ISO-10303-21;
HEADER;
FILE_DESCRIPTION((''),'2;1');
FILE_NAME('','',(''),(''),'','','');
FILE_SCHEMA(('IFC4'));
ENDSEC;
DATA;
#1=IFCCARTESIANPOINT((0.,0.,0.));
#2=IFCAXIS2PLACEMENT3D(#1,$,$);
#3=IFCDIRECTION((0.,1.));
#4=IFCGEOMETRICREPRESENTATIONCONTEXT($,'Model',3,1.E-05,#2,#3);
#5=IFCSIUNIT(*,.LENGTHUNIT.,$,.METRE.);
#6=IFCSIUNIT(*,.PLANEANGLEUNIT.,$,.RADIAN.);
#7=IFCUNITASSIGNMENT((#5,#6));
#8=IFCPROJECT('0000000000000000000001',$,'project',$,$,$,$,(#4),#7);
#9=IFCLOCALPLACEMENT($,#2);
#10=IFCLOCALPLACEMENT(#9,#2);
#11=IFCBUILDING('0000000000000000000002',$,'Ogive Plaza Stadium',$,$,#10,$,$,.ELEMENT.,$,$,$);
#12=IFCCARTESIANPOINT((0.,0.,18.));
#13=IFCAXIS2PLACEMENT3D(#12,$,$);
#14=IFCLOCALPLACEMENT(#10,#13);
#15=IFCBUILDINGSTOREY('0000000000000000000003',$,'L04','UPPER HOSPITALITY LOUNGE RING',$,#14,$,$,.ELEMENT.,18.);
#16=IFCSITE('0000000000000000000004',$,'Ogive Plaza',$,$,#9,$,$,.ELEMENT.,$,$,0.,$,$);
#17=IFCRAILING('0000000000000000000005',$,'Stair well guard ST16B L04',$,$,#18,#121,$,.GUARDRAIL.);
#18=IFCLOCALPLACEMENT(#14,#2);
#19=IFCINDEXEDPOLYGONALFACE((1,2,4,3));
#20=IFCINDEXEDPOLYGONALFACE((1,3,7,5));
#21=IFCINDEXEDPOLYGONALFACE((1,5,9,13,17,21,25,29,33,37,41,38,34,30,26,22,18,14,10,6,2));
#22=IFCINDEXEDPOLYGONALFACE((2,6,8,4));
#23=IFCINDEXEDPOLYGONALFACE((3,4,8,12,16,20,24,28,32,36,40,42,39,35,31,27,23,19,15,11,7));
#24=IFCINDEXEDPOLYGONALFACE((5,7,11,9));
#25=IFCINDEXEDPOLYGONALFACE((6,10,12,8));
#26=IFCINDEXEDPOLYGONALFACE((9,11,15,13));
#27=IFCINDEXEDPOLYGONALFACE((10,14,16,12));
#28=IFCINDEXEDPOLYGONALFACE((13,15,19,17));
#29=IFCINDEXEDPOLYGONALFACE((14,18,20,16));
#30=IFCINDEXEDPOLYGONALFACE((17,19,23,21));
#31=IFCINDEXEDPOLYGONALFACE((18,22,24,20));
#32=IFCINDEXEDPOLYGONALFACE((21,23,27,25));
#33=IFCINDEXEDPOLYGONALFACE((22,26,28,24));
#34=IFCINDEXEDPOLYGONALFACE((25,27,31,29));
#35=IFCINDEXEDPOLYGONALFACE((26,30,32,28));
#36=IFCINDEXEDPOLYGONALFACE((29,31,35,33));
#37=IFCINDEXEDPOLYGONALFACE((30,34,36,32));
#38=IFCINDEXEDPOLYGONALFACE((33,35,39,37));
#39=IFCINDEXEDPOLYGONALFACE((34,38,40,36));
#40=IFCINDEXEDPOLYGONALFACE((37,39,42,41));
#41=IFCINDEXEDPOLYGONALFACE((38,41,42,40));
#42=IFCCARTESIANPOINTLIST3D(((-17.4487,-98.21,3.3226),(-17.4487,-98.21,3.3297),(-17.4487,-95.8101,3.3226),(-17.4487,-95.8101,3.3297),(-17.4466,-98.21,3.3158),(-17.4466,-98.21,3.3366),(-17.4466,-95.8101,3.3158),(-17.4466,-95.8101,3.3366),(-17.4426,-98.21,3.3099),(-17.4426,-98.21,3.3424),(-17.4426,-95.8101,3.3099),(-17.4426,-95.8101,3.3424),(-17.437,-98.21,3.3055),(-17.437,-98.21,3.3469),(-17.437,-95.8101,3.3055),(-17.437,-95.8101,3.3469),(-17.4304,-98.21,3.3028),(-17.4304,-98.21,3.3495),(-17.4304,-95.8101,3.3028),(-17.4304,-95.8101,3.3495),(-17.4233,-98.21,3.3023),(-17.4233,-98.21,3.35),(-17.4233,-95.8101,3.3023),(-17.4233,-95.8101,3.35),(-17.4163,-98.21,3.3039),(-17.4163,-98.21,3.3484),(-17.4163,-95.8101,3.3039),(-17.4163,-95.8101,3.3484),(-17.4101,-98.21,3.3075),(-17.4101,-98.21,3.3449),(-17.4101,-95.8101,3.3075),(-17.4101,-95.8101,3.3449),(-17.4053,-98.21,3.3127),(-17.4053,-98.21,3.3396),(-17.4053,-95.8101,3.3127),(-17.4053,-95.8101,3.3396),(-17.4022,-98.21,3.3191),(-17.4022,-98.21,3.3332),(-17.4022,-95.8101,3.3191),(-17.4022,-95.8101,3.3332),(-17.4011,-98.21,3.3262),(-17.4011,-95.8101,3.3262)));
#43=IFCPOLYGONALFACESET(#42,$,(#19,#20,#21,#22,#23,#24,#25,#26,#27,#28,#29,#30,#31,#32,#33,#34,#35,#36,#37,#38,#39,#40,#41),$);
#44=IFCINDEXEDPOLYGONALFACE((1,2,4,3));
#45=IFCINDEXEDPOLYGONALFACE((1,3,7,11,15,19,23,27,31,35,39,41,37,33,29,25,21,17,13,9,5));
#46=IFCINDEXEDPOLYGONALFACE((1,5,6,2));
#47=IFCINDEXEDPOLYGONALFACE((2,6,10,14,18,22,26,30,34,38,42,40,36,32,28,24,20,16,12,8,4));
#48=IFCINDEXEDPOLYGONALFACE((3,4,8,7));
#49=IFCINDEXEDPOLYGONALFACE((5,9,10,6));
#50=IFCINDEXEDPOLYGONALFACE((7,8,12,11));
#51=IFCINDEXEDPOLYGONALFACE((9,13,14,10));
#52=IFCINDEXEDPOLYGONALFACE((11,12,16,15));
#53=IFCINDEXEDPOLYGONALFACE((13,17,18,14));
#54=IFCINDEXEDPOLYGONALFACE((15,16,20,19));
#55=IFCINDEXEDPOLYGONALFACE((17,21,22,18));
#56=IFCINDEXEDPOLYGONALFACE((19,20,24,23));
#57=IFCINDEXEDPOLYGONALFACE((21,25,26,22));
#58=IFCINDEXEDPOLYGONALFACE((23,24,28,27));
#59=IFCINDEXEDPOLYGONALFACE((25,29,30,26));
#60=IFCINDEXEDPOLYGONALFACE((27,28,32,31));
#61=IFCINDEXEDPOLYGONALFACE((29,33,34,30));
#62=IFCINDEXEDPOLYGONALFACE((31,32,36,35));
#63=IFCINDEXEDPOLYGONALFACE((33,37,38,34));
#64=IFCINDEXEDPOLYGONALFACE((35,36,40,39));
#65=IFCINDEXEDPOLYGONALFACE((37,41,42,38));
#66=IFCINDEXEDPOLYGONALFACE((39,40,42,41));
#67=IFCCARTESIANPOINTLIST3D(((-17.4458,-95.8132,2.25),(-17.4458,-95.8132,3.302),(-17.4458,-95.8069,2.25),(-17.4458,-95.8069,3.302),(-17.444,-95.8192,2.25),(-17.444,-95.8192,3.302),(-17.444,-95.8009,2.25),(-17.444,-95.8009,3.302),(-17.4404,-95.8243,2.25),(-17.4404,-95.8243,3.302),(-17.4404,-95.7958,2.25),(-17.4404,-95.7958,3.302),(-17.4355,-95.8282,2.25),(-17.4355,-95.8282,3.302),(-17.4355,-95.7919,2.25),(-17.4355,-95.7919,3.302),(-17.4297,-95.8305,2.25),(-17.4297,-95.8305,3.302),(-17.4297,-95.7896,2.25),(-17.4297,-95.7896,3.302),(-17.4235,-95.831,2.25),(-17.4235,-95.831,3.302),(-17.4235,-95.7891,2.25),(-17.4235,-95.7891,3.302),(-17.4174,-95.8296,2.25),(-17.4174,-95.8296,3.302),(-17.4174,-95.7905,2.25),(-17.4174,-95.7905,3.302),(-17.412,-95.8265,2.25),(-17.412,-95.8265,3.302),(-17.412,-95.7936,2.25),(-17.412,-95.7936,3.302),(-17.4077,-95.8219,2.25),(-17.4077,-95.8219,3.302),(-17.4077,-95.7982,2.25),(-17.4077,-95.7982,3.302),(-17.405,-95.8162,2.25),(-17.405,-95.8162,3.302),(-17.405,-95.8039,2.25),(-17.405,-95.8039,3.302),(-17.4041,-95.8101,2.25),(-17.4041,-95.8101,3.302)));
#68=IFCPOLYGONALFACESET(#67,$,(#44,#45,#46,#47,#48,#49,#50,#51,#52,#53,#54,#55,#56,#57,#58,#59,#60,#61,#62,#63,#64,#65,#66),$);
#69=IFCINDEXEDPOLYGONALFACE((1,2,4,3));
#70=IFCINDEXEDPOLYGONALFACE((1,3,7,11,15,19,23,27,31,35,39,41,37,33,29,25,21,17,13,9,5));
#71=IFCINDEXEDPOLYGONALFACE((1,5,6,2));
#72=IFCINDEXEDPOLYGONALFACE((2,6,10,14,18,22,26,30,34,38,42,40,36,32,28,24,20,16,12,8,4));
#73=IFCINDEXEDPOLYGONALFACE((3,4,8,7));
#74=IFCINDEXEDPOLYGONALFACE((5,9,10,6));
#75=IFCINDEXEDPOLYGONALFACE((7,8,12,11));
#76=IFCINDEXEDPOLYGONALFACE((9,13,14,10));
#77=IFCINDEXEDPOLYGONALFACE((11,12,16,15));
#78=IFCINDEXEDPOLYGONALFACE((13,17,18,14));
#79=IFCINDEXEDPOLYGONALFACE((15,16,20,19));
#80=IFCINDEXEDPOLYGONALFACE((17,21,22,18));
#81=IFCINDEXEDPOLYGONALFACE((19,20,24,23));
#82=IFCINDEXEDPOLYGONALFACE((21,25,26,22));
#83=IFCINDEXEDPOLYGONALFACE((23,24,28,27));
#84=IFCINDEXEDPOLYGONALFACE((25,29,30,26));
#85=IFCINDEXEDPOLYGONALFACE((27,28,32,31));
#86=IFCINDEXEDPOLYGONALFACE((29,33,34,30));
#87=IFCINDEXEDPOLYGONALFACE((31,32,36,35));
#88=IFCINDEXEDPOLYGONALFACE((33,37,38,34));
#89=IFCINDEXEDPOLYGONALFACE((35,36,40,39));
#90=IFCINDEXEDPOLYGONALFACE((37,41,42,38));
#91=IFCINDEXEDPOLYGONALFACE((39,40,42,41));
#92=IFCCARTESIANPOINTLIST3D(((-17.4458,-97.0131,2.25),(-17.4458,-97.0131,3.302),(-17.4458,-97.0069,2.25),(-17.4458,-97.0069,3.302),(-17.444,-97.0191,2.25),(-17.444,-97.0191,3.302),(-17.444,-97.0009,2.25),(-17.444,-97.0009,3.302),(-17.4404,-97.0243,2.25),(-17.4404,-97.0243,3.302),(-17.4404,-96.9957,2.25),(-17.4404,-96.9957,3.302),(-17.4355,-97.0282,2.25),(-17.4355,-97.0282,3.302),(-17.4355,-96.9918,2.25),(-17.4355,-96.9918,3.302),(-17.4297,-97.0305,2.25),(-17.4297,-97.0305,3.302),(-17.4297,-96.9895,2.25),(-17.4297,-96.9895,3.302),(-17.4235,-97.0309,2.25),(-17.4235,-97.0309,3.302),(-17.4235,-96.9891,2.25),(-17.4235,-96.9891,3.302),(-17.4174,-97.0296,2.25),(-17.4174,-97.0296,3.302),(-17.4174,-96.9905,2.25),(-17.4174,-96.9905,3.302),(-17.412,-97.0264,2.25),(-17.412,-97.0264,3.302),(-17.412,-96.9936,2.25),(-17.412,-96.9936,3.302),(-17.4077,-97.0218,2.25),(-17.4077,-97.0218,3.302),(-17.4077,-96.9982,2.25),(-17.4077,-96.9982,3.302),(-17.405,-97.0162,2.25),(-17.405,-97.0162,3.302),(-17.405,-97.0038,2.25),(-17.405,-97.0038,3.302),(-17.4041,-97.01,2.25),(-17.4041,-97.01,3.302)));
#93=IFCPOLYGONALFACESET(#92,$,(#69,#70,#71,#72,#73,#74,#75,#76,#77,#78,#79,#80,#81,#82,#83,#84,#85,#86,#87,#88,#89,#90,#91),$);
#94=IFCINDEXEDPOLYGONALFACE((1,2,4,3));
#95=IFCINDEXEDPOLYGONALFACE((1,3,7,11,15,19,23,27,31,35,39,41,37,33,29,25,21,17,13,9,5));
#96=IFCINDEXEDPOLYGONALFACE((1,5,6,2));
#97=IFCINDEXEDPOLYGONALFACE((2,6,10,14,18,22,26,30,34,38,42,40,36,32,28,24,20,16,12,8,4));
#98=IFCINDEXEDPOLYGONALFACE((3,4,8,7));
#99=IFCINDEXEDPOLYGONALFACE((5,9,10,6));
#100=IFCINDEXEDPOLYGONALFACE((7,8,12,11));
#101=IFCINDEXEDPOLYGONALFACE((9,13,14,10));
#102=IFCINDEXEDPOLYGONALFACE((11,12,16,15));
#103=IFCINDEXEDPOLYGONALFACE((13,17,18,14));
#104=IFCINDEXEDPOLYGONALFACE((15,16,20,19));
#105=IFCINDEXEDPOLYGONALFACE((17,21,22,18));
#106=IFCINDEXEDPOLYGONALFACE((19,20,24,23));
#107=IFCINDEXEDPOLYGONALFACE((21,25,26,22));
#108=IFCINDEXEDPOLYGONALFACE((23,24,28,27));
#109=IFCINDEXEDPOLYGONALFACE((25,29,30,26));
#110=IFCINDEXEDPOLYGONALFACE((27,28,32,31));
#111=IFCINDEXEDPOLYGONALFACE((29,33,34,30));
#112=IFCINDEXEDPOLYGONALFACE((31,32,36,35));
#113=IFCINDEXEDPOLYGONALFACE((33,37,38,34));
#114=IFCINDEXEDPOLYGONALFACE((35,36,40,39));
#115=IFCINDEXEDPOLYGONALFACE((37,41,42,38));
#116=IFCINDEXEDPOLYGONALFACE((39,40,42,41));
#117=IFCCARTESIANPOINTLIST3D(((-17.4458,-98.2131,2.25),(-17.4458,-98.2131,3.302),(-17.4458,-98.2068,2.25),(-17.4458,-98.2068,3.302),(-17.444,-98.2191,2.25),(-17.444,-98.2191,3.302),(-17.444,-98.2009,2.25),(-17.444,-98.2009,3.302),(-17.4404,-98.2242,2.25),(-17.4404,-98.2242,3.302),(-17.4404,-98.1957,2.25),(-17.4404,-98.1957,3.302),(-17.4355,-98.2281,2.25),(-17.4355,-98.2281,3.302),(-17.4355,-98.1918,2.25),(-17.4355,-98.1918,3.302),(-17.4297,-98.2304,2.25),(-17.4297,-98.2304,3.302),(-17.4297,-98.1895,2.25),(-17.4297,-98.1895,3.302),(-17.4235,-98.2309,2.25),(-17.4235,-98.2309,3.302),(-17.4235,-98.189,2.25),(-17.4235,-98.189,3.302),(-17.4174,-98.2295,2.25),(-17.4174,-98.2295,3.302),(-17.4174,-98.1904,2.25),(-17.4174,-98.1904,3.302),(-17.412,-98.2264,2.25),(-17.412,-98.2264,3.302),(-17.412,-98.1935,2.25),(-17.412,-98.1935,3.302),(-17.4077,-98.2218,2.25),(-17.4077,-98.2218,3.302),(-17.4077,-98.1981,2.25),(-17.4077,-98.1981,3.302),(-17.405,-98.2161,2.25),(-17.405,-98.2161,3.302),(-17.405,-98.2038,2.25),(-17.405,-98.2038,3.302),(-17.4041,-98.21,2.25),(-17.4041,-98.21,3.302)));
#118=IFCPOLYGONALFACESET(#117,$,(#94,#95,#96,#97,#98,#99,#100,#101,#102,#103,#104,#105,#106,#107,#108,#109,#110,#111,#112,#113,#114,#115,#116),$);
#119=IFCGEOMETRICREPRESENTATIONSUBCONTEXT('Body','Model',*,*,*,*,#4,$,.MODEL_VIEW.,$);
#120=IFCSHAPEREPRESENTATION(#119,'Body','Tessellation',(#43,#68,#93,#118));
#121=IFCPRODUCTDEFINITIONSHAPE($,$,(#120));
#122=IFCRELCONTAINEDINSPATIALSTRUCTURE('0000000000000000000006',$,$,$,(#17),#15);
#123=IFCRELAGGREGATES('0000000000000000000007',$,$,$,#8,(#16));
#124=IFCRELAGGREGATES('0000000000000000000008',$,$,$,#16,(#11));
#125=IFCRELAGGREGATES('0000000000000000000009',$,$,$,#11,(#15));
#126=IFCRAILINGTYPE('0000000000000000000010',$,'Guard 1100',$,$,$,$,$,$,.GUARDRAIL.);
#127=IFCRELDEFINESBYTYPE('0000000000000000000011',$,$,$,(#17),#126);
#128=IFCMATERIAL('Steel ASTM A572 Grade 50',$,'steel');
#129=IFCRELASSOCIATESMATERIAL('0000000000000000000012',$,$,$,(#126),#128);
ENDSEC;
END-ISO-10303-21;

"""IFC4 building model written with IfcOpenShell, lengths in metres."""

from ifc_helpers import new_model, si_unit, direction, frame, origin, origin_2d, place, context, subcontext, project, spatial, circle, extrude, material, type_object, element, save


model = new_model("IFC4")

# Units and contexts
model_context = context("Model", 3, precision=1e-05, world=origin(), true_north=direction((0.0, 1.0)))
body_context = subcontext(model_context, "Body", "Model", "MODEL_VIEW")
ifc_project = project(units=[si_unit("LENGTHUNIT", "METRE"), si_unit("PLANEANGLEUNIT", "RADIAN")], contexts=[model_context])

# Site, building, storey
site_placement = place(None, origin())
site = spatial("IfcSite", under=ifc_project, at=site_placement, Name="Ogive Plaza", CompositionType="ELEMENT", RefElevation=0.0)
building_placement = place(site_placement, origin())
building = spatial("IfcBuilding", under=site, at=building_placement, Name="Ogive Plaza Stadium", CompositionType="ELEMENT")
storey_placement = place(building_placement, frame((0.0, 0.0, 18.0)))
storey = spatial("IfcBuildingStorey", under=building, at=storey_placement, Name="L04", Description="UPPER HOSPITALITY LOUNGE RING", CompositionType="ELEMENT", Elevation=18.0)

# Railing
ifc_material_1 = material(Name="Steel ASTM A572 Grade 50", Category="steel")
railing_type_1 = type_object("IfcRailingType", Name="Guard 1100", PredefinedType="GUARDRAIL", material=ifc_material_1)
for number, where, name in (
    (1, (-17.425, -95.8101, 2.25), "Stair well guard ST16B L04"),
):
    element("IfcRailing", number, at=place(storey_placement, frame(where)), inside=storey, type_object=railing_type_1, Name=name, PredefinedType="GUARDRAIL", context=body_context, shape_type="SweptSolid", body=[
        extrude(circle(Radius=0.0239, at=origin_2d()), frame((0.0, 0.0, 1.0762), z_axis=(0.0, -1.0, 0.0), x_axis=(1.0, 0.0, 0.0)), (0.0, 0.0, 1.0), 2.3999),
        extrude(circle(Radius=0.021, at=origin_2d()), origin(), (0.0, 0.0, 1.0), 1.052),
        extrude(circle(Radius=0.021, at=origin_2d()), frame((0.0, -1.2, 0.0)), (0.0, 0.0, 1.0), 1.052),
        extrude(circle(Radius=0.021, at=origin_2d()), frame((0.0, -2.3999, 0.0)), (0.0, 0.0, 1.0), 1.052),
    ])

save(model, "model.ifc")
